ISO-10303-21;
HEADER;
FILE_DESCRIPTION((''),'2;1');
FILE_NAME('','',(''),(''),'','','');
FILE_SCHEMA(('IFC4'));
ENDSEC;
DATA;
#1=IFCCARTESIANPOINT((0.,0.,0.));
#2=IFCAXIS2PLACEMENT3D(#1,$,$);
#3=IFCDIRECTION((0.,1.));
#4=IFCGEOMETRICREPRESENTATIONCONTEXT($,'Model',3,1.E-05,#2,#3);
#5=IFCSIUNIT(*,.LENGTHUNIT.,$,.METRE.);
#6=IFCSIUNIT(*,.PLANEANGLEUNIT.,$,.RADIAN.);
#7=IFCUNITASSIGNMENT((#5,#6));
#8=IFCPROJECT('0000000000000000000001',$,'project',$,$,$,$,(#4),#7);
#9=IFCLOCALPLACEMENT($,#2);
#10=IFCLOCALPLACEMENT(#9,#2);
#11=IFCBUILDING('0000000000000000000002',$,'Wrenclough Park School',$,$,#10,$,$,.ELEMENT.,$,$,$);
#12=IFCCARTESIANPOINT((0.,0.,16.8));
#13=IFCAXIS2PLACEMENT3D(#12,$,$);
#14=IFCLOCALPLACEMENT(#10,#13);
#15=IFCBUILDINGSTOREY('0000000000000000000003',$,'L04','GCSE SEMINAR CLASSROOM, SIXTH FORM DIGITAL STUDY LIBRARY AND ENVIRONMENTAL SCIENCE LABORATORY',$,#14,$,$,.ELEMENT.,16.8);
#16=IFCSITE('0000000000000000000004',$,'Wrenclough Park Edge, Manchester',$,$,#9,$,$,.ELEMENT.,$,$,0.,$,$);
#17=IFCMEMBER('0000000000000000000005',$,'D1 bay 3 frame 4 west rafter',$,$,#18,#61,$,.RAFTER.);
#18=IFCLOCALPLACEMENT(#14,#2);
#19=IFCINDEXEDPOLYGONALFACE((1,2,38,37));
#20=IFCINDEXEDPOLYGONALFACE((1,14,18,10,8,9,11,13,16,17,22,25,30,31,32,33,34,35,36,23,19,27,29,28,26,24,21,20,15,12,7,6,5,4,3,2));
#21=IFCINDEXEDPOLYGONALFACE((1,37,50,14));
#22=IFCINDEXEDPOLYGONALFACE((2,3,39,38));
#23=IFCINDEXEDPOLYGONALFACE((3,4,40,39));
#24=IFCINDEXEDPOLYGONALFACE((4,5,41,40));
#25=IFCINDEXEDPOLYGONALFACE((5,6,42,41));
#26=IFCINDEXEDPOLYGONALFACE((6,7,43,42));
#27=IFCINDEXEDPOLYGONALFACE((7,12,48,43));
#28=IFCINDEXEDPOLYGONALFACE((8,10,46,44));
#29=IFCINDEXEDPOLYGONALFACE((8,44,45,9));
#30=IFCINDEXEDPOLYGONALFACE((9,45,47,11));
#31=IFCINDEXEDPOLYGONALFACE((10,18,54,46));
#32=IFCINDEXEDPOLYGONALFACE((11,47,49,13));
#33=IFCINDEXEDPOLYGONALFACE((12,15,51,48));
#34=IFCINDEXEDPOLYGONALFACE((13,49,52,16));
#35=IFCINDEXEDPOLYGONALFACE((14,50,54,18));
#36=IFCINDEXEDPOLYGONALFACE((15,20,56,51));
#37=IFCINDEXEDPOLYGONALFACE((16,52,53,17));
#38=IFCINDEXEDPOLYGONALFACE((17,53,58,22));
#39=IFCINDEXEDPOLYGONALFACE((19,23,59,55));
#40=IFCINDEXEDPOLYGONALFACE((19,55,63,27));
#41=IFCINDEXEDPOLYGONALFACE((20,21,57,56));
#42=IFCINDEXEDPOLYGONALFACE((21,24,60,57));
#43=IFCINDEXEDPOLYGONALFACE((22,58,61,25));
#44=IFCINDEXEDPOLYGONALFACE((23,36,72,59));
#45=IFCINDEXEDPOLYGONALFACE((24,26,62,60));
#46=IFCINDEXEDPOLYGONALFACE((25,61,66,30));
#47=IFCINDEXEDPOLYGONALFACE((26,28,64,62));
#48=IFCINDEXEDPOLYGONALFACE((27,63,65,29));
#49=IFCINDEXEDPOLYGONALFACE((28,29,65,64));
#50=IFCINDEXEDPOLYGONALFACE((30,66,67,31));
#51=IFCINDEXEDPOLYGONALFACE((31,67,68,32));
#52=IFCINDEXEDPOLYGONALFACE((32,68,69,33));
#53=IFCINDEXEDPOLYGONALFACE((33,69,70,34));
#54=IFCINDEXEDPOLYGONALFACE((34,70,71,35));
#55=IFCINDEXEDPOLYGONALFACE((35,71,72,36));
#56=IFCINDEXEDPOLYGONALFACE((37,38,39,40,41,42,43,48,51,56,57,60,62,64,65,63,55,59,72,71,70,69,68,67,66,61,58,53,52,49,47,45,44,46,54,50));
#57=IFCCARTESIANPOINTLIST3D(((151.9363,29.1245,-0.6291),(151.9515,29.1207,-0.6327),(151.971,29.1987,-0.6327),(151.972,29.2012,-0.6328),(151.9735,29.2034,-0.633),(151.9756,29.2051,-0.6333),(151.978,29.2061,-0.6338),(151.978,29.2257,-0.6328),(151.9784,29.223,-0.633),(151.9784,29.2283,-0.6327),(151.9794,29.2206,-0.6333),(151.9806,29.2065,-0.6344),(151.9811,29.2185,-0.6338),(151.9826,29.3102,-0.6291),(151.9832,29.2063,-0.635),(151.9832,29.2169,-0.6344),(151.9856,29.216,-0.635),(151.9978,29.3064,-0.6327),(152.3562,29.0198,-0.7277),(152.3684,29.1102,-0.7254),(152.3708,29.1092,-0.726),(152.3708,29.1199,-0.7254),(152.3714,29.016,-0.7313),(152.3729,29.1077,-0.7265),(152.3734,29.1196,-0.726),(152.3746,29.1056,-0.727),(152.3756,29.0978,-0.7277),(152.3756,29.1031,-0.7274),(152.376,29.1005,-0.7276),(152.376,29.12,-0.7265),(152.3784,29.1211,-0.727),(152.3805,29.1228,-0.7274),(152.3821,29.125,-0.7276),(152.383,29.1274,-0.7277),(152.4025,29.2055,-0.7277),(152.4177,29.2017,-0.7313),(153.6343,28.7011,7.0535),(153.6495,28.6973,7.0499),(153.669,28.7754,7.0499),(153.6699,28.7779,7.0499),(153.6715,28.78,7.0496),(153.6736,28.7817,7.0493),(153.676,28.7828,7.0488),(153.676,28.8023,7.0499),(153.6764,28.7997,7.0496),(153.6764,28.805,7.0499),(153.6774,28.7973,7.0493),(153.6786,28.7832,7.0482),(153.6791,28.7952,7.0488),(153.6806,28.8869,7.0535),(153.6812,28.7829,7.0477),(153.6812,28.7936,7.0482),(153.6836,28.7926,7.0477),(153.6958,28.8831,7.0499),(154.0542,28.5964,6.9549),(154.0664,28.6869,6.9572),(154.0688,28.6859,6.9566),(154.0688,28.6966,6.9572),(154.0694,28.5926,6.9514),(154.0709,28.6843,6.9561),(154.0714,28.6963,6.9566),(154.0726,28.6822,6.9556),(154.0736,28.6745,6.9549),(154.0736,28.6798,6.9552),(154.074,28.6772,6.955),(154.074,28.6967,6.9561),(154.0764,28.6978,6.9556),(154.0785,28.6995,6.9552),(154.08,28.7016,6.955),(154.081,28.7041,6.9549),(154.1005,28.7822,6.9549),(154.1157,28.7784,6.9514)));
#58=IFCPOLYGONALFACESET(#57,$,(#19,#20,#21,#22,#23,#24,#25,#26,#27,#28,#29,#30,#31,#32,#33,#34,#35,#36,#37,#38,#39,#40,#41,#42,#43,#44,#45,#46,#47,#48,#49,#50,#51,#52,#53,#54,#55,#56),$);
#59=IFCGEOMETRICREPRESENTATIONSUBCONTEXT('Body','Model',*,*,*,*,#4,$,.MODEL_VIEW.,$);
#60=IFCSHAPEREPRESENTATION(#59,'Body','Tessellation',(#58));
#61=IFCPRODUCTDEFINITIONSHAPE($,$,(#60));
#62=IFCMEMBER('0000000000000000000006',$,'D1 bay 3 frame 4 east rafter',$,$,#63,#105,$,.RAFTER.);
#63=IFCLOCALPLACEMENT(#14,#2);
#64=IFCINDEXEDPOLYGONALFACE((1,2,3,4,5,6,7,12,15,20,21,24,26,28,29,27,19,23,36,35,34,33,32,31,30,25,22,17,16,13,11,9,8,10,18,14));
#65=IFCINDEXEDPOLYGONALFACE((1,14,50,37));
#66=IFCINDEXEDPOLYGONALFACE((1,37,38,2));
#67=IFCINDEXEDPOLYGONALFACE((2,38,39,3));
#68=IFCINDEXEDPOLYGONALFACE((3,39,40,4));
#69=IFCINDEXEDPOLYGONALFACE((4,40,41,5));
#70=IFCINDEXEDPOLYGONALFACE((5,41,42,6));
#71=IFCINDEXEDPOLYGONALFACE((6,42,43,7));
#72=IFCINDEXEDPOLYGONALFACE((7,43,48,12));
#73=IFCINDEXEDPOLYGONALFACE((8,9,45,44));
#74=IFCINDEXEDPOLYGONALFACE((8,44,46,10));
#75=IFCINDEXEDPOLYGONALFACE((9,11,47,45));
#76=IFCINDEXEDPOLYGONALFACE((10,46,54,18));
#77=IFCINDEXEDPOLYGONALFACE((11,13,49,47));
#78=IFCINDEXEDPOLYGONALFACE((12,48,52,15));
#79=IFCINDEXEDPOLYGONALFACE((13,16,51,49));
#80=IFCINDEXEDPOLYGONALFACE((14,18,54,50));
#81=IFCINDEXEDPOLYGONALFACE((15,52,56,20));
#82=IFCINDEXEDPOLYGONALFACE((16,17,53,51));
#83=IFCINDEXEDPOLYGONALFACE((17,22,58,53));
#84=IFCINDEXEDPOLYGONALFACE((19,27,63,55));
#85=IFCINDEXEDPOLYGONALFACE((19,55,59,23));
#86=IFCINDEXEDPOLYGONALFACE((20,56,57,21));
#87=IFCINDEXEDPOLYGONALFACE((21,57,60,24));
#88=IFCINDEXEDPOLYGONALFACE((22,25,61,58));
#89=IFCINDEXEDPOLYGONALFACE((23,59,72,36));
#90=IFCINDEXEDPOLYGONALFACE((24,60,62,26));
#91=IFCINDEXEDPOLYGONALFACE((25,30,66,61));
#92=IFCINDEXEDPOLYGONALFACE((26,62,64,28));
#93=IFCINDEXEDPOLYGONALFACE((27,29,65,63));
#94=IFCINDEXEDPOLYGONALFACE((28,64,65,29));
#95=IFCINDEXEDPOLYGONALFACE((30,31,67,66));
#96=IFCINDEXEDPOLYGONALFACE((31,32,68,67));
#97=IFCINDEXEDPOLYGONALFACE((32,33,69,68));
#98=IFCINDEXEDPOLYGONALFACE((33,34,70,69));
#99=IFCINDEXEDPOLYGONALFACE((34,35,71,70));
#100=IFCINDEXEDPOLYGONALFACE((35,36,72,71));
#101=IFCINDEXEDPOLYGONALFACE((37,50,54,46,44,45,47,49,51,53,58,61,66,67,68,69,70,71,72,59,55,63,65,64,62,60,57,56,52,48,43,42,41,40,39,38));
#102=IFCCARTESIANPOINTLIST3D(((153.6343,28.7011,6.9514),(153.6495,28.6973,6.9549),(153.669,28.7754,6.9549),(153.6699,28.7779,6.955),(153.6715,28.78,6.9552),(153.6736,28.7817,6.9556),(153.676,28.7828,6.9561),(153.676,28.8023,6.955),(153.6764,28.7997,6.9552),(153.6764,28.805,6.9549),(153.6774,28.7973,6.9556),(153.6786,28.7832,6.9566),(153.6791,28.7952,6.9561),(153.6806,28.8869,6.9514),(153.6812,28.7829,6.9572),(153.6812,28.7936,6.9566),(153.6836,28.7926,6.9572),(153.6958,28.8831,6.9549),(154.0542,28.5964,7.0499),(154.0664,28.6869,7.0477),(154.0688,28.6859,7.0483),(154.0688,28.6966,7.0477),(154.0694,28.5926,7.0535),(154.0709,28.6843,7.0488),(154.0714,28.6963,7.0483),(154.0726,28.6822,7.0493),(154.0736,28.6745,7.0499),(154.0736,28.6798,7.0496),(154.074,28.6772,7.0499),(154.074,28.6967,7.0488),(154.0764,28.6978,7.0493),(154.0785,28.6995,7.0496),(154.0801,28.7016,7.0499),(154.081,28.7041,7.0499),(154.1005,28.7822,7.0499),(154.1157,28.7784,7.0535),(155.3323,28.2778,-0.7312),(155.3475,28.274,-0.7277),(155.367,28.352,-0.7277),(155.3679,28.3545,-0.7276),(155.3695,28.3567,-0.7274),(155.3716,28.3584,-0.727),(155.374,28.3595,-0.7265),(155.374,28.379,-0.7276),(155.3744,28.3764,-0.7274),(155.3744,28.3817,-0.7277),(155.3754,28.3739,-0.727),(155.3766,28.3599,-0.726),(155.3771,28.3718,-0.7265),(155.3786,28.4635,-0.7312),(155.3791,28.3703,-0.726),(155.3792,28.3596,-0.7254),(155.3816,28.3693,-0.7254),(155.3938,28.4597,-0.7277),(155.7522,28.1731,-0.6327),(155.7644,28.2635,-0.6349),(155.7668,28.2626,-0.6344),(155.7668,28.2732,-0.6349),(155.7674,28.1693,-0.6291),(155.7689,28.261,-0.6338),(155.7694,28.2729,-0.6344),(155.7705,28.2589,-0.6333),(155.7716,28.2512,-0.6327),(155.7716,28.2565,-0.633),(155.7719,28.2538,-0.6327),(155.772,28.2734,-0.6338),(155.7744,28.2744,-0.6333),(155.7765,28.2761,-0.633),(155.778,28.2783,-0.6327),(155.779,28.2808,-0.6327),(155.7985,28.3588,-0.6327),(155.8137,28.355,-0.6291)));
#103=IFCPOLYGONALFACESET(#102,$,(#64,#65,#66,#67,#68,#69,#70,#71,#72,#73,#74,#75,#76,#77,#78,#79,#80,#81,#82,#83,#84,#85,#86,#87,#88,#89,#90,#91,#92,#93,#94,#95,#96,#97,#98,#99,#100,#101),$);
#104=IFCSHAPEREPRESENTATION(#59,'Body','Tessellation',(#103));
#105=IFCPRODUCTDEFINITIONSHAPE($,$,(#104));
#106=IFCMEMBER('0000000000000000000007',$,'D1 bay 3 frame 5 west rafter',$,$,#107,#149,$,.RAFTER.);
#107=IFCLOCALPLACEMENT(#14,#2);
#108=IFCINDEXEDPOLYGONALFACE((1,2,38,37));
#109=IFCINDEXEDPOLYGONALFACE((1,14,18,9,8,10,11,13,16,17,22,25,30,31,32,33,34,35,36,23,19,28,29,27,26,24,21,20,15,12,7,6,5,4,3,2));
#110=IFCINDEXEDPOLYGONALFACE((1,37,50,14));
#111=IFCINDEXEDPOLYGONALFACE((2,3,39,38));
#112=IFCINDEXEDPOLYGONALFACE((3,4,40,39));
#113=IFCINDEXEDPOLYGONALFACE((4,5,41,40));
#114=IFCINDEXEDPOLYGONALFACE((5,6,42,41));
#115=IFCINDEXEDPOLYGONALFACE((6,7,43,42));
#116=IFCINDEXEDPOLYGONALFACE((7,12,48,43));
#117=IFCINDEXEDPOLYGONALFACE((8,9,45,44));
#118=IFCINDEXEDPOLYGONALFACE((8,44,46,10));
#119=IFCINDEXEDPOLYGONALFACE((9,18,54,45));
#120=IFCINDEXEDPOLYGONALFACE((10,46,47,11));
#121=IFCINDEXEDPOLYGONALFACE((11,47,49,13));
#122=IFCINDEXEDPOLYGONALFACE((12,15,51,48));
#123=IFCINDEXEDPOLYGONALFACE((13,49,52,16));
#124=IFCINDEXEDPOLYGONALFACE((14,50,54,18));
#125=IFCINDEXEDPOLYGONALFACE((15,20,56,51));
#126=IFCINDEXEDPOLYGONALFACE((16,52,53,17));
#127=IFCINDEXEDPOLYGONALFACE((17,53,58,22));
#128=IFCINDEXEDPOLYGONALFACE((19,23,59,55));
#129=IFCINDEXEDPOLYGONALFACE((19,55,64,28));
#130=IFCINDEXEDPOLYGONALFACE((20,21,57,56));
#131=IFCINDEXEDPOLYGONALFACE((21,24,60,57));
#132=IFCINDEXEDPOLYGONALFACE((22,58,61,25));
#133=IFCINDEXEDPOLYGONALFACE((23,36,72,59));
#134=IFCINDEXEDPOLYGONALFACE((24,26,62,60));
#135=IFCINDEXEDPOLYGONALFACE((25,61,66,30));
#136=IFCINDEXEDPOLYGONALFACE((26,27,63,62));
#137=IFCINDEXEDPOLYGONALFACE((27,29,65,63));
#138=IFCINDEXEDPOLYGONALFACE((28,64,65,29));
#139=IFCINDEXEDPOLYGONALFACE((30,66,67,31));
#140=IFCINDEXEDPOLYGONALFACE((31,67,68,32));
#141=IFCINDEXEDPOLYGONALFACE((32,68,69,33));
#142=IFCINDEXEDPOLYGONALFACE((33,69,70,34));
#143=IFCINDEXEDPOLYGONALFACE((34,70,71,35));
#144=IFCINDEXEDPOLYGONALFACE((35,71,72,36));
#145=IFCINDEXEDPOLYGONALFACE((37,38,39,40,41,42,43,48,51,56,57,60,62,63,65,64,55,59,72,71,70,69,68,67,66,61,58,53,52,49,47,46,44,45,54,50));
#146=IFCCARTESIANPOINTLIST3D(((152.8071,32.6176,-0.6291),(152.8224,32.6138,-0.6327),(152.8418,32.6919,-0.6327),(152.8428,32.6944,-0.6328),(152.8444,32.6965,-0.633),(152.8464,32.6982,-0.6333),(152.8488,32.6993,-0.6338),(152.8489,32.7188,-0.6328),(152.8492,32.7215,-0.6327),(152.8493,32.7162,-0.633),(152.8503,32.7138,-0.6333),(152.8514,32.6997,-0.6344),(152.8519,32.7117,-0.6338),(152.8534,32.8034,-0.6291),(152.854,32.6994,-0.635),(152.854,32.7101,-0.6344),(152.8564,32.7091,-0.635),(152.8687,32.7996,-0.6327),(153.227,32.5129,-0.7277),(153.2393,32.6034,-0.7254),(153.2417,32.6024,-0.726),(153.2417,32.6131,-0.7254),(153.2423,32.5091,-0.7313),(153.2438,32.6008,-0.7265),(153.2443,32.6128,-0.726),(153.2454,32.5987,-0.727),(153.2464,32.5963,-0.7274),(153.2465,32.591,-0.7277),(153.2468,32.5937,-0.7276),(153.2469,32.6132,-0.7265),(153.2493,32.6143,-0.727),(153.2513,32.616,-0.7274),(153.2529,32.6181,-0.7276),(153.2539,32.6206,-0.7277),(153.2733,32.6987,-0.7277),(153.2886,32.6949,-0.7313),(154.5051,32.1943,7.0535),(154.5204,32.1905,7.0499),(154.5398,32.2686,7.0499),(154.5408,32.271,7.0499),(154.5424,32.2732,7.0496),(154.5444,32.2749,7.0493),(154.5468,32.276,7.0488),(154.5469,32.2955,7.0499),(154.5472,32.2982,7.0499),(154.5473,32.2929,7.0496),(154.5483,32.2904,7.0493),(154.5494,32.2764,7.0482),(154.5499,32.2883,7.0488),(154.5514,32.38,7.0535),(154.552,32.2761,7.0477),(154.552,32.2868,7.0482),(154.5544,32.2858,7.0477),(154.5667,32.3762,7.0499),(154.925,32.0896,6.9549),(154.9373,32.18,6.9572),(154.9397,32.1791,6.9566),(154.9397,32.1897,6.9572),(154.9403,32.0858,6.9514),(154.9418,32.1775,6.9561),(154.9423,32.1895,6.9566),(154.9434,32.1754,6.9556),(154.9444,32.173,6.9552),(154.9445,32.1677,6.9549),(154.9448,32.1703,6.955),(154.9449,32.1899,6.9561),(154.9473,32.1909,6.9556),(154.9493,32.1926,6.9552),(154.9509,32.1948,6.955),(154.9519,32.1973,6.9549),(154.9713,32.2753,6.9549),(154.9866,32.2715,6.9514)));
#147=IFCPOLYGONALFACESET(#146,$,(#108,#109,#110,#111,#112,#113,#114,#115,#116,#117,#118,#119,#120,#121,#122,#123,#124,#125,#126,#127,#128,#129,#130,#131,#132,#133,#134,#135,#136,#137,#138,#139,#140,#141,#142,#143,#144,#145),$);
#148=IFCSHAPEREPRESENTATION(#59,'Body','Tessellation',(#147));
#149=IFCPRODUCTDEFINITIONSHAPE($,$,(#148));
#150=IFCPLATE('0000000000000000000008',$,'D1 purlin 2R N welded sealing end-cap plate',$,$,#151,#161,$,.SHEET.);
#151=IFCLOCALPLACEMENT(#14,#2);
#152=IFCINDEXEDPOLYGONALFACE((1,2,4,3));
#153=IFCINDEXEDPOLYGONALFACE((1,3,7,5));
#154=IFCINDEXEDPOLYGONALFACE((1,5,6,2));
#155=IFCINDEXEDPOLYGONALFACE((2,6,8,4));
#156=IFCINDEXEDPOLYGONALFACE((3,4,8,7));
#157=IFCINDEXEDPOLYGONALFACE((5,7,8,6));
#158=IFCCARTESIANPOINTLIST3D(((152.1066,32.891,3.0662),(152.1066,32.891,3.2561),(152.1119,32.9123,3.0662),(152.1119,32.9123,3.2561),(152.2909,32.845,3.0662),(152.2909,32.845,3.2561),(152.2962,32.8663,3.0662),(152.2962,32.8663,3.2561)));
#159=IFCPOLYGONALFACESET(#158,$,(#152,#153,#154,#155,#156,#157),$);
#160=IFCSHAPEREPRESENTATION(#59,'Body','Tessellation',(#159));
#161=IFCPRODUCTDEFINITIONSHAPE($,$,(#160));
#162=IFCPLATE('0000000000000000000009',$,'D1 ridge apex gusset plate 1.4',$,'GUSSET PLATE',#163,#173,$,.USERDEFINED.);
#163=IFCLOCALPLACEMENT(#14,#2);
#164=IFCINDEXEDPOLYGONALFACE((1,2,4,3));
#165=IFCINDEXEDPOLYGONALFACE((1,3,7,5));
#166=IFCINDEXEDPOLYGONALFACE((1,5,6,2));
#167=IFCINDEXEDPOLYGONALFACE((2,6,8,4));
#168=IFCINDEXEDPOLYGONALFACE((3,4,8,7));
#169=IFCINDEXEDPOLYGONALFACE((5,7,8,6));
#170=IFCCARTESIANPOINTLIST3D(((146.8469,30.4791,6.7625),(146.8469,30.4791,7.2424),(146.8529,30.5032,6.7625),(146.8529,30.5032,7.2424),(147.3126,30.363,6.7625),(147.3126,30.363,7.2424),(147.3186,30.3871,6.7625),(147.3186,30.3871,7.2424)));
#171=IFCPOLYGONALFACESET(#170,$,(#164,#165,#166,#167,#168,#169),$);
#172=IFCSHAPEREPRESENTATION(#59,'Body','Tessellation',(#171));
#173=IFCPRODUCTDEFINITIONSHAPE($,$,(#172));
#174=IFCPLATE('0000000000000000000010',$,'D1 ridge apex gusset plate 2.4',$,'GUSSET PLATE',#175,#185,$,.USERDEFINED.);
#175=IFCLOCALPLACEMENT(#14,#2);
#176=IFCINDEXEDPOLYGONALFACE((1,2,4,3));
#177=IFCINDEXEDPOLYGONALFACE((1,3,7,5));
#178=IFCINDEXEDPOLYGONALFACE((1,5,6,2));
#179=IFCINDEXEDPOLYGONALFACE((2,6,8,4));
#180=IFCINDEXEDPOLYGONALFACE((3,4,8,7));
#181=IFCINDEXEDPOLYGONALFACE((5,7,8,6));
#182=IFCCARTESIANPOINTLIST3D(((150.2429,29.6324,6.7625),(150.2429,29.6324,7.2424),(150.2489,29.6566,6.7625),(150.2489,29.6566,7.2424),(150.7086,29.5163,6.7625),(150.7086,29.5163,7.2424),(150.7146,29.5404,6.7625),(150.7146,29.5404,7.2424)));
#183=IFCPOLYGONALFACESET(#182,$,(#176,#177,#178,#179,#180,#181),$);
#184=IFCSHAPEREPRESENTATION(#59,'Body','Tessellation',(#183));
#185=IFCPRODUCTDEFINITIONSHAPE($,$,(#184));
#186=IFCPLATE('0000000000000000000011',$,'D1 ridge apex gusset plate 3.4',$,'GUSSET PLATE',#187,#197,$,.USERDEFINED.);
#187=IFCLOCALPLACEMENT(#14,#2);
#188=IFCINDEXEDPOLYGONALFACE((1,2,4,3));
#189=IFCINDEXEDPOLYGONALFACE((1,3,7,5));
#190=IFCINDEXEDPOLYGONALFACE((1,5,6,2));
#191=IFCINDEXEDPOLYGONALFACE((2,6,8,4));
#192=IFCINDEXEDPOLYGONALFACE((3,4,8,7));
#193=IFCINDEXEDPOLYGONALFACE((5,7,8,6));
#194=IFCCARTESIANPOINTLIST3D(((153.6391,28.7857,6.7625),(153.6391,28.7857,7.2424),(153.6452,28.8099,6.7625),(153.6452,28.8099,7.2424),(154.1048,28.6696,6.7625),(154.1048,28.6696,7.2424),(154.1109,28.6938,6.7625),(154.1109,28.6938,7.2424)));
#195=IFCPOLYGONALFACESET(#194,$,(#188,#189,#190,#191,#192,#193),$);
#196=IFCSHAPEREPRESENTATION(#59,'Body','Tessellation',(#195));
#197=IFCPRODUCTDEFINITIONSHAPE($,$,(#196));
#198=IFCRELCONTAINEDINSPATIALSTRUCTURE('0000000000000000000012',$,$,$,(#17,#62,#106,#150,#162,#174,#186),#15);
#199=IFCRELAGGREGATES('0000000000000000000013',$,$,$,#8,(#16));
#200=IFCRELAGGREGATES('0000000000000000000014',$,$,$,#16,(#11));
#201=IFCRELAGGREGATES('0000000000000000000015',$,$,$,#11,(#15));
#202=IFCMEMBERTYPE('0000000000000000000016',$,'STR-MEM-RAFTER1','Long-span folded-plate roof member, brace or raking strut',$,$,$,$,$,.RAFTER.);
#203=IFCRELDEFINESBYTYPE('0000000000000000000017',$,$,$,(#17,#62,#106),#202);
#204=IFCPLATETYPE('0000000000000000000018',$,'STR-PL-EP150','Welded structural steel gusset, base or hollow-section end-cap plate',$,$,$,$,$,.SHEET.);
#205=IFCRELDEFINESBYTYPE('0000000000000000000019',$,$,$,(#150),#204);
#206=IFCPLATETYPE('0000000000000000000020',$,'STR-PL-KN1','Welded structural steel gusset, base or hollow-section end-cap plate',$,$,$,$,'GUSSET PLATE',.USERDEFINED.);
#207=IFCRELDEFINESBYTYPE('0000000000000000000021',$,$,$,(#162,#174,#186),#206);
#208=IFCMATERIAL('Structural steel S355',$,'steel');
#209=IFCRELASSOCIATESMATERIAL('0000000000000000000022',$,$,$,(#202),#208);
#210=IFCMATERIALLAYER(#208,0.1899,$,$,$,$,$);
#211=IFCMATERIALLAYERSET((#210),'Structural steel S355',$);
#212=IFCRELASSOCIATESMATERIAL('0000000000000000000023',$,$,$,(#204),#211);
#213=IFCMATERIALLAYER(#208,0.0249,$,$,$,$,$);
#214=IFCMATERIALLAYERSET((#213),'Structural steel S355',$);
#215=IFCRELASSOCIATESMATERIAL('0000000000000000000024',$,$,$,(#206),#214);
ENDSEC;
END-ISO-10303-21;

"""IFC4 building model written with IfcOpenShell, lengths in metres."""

from ifc_helpers import new_model, si_unit, direction, frame, origin, origin_2d, place, context, subcontext, project, spatial, rectangle, i_section, extrude, material, layer, layer_set, material_profile, profile_set, type_object, element, save


model = new_model("IFC4")

# Units and contexts
model_context = context("Model", 3, precision=1e-05, world=origin(), true_north=direction((0.0, 1.0)))
body_context = subcontext(model_context, "Body", "Model", "MODEL_VIEW")
ifc_project = project(units=[si_unit("LENGTHUNIT", "METRE"), si_unit("PLANEANGLEUNIT", "RADIAN")], contexts=[model_context])

# Site, building, storey
site_placement = place(None, origin())
site = spatial("IfcSite", under=ifc_project, at=site_placement, Name="Wrenclough Park Edge, Manchester", CompositionType="ELEMENT", RefElevation=0.0)
building_placement = place(site_placement, origin())
building = spatial("IfcBuilding", under=site, at=building_placement, Name="Wrenclough Park School", CompositionType="ELEMENT")
storey_placement = place(building_placement, frame((0.0, 0.0, 16.8)))
storey = spatial("IfcBuildingStorey", under=building, at=storey_placement, Name="L04", Description="GCSE SEMINAR CLASSROOM, SIXTH FORM DIGITAL STUDY LIBRARY AND ENVIRONMENTAL SCIENCE LABORATORY", CompositionType="ELEMENT", Elevation=16.8)

# Members
ifc_material = material(Name="Structural steel S355", Category="steel")
ifc_material_profile_1 = material_profile(ifc_material, i_section(OverallWidth=0.1914, OverallDepth=0.46, WebThickness=0.01, FlangeThickness=0.0161, FilletRadius=0.0103, at=origin_2d()), Name="UKB 457x191x82")
ifc_profile_set_1 = profile_set([ifc_material_profile_1], Name="Structural steel S355")
member_type_1 = type_object("IfcMemberType", Name="STR-MEM-RAFTER1", Description="Long-span folded-plate roof member, brace or raking strut", PredefinedType="RAFTER", material=ifc_profile_set_1)
for number, where, z_axis, x_axis, name in (
    (1, (152.177, 29.1631, -0.6802), (0.215498, -0.053727, 0.975025), (0.241912, 0.970298, 0.0), "D1 bay 3 frame 4 west rafter"),
    (2, (153.875, 28.7397, 7.0024), (0.215498, -0.053727, -0.975025), (0.241912, 0.970298, 0.0), "D1 bay 3 frame 4 east rafter"),
    (3, (153.0479, 32.6562, -0.6802), (0.215498, -0.053727, 0.975025), (0.241912, 0.970298, 0.0), "D1 bay 3 frame 5 west rafter"),
):
    element("IfcMember", number, at=place(storey_placement, frame(where, z_axis=z_axis, x_axis=x_axis)), inside=storey, type_object=member_type_1, Name=name, PredefinedType="RAFTER", context=body_context, shape_type="SweptSolid", body=[
        extrude(i_section(OverallWidth=0.1914, OverallDepth=0.46, WebThickness=0.01, FlangeThickness=0.0161, FilletRadius=0.0103, at=origin_2d()), origin(), (0.0, 0.0, 1.0), 7.8794),
    ])

# Plates
ifc_layer_1 = layer(ifc_material, 0.1899)
ifc_layer_set_1 = layer_set([ifc_layer_1], Name="Structural steel S355")
plate_type_1 = type_object("IfcPlateType", Name="STR-PL-EP150", Description="Welded structural steel gusset, base or hollow-section end-cap plate", PredefinedType="SHEET", material=ifc_layer_set_1)
plate_placement = place(storey_placement, frame((152.2014, 32.8787, 3.0662), z_axis=(0.0, 0.0, 1.0), x_axis=(0.241922, 0.970296, 0.0)))
element("IfcPlate", 4, at=plate_placement, inside=storey, type_object=plate_type_1, Name="D1 purlin 2R N welded sealing end-cap plate", PredefinedType="SHEET", context=body_context, shape_type="SweptSolid", body=[
    extrude(rectangle(XDim=0.022, YDim=0.1899, at=origin_2d()), origin(), (0.0, 0.0, 1.0), 0.1899),
])
ifc_layer_2 = layer(ifc_material, 0.0249)
ifc_layer_set_2 = layer_set([ifc_layer_2], Name="Structural steel S355")
plate_type_2 = type_object("IfcPlateType", Name="STR-PL-KN1", Description="Welded structural steel gusset, base or hollow-section end-cap plate", ElementType="GUSSET PLATE", PredefinedType="USERDEFINED", material=ifc_layer_set_2)
for number, where, z_axis, x_axis, name in (
    (5, (147.0828, 30.4331, 6.7625), (0.0, 0.0, 1.0), (0.970296, -0.241922, 0.0), "D1 ridge apex gusset plate 1.4"),
    (6, (150.4788, 29.5864, 6.7625), (0.0, 0.0, 1.0), (0.970296, -0.241922, 0.0), "D1 ridge apex gusset plate 2.4"),
    (7, (153.875, 28.7397, 6.7625), (0.0, 0.0, 1.0), (0.970296, -0.241922, 0.0), "D1 ridge apex gusset plate 3.4"),
):
    element("IfcPlate", number, at=place(storey_placement, frame(where, z_axis=z_axis, x_axis=x_axis)), inside=storey, type_object=plate_type_2, Name=name, ObjectType="GUSSET PLATE", PredefinedType="USERDEFINED", context=body_context, shape_type="SweptSolid", body=[
        extrude(rectangle(XDim=0.48, YDim=0.0249, at=origin_2d()), origin(), (0.0, 0.0, 1.0), 0.48),
    ])

save(model, "model.ifc")
